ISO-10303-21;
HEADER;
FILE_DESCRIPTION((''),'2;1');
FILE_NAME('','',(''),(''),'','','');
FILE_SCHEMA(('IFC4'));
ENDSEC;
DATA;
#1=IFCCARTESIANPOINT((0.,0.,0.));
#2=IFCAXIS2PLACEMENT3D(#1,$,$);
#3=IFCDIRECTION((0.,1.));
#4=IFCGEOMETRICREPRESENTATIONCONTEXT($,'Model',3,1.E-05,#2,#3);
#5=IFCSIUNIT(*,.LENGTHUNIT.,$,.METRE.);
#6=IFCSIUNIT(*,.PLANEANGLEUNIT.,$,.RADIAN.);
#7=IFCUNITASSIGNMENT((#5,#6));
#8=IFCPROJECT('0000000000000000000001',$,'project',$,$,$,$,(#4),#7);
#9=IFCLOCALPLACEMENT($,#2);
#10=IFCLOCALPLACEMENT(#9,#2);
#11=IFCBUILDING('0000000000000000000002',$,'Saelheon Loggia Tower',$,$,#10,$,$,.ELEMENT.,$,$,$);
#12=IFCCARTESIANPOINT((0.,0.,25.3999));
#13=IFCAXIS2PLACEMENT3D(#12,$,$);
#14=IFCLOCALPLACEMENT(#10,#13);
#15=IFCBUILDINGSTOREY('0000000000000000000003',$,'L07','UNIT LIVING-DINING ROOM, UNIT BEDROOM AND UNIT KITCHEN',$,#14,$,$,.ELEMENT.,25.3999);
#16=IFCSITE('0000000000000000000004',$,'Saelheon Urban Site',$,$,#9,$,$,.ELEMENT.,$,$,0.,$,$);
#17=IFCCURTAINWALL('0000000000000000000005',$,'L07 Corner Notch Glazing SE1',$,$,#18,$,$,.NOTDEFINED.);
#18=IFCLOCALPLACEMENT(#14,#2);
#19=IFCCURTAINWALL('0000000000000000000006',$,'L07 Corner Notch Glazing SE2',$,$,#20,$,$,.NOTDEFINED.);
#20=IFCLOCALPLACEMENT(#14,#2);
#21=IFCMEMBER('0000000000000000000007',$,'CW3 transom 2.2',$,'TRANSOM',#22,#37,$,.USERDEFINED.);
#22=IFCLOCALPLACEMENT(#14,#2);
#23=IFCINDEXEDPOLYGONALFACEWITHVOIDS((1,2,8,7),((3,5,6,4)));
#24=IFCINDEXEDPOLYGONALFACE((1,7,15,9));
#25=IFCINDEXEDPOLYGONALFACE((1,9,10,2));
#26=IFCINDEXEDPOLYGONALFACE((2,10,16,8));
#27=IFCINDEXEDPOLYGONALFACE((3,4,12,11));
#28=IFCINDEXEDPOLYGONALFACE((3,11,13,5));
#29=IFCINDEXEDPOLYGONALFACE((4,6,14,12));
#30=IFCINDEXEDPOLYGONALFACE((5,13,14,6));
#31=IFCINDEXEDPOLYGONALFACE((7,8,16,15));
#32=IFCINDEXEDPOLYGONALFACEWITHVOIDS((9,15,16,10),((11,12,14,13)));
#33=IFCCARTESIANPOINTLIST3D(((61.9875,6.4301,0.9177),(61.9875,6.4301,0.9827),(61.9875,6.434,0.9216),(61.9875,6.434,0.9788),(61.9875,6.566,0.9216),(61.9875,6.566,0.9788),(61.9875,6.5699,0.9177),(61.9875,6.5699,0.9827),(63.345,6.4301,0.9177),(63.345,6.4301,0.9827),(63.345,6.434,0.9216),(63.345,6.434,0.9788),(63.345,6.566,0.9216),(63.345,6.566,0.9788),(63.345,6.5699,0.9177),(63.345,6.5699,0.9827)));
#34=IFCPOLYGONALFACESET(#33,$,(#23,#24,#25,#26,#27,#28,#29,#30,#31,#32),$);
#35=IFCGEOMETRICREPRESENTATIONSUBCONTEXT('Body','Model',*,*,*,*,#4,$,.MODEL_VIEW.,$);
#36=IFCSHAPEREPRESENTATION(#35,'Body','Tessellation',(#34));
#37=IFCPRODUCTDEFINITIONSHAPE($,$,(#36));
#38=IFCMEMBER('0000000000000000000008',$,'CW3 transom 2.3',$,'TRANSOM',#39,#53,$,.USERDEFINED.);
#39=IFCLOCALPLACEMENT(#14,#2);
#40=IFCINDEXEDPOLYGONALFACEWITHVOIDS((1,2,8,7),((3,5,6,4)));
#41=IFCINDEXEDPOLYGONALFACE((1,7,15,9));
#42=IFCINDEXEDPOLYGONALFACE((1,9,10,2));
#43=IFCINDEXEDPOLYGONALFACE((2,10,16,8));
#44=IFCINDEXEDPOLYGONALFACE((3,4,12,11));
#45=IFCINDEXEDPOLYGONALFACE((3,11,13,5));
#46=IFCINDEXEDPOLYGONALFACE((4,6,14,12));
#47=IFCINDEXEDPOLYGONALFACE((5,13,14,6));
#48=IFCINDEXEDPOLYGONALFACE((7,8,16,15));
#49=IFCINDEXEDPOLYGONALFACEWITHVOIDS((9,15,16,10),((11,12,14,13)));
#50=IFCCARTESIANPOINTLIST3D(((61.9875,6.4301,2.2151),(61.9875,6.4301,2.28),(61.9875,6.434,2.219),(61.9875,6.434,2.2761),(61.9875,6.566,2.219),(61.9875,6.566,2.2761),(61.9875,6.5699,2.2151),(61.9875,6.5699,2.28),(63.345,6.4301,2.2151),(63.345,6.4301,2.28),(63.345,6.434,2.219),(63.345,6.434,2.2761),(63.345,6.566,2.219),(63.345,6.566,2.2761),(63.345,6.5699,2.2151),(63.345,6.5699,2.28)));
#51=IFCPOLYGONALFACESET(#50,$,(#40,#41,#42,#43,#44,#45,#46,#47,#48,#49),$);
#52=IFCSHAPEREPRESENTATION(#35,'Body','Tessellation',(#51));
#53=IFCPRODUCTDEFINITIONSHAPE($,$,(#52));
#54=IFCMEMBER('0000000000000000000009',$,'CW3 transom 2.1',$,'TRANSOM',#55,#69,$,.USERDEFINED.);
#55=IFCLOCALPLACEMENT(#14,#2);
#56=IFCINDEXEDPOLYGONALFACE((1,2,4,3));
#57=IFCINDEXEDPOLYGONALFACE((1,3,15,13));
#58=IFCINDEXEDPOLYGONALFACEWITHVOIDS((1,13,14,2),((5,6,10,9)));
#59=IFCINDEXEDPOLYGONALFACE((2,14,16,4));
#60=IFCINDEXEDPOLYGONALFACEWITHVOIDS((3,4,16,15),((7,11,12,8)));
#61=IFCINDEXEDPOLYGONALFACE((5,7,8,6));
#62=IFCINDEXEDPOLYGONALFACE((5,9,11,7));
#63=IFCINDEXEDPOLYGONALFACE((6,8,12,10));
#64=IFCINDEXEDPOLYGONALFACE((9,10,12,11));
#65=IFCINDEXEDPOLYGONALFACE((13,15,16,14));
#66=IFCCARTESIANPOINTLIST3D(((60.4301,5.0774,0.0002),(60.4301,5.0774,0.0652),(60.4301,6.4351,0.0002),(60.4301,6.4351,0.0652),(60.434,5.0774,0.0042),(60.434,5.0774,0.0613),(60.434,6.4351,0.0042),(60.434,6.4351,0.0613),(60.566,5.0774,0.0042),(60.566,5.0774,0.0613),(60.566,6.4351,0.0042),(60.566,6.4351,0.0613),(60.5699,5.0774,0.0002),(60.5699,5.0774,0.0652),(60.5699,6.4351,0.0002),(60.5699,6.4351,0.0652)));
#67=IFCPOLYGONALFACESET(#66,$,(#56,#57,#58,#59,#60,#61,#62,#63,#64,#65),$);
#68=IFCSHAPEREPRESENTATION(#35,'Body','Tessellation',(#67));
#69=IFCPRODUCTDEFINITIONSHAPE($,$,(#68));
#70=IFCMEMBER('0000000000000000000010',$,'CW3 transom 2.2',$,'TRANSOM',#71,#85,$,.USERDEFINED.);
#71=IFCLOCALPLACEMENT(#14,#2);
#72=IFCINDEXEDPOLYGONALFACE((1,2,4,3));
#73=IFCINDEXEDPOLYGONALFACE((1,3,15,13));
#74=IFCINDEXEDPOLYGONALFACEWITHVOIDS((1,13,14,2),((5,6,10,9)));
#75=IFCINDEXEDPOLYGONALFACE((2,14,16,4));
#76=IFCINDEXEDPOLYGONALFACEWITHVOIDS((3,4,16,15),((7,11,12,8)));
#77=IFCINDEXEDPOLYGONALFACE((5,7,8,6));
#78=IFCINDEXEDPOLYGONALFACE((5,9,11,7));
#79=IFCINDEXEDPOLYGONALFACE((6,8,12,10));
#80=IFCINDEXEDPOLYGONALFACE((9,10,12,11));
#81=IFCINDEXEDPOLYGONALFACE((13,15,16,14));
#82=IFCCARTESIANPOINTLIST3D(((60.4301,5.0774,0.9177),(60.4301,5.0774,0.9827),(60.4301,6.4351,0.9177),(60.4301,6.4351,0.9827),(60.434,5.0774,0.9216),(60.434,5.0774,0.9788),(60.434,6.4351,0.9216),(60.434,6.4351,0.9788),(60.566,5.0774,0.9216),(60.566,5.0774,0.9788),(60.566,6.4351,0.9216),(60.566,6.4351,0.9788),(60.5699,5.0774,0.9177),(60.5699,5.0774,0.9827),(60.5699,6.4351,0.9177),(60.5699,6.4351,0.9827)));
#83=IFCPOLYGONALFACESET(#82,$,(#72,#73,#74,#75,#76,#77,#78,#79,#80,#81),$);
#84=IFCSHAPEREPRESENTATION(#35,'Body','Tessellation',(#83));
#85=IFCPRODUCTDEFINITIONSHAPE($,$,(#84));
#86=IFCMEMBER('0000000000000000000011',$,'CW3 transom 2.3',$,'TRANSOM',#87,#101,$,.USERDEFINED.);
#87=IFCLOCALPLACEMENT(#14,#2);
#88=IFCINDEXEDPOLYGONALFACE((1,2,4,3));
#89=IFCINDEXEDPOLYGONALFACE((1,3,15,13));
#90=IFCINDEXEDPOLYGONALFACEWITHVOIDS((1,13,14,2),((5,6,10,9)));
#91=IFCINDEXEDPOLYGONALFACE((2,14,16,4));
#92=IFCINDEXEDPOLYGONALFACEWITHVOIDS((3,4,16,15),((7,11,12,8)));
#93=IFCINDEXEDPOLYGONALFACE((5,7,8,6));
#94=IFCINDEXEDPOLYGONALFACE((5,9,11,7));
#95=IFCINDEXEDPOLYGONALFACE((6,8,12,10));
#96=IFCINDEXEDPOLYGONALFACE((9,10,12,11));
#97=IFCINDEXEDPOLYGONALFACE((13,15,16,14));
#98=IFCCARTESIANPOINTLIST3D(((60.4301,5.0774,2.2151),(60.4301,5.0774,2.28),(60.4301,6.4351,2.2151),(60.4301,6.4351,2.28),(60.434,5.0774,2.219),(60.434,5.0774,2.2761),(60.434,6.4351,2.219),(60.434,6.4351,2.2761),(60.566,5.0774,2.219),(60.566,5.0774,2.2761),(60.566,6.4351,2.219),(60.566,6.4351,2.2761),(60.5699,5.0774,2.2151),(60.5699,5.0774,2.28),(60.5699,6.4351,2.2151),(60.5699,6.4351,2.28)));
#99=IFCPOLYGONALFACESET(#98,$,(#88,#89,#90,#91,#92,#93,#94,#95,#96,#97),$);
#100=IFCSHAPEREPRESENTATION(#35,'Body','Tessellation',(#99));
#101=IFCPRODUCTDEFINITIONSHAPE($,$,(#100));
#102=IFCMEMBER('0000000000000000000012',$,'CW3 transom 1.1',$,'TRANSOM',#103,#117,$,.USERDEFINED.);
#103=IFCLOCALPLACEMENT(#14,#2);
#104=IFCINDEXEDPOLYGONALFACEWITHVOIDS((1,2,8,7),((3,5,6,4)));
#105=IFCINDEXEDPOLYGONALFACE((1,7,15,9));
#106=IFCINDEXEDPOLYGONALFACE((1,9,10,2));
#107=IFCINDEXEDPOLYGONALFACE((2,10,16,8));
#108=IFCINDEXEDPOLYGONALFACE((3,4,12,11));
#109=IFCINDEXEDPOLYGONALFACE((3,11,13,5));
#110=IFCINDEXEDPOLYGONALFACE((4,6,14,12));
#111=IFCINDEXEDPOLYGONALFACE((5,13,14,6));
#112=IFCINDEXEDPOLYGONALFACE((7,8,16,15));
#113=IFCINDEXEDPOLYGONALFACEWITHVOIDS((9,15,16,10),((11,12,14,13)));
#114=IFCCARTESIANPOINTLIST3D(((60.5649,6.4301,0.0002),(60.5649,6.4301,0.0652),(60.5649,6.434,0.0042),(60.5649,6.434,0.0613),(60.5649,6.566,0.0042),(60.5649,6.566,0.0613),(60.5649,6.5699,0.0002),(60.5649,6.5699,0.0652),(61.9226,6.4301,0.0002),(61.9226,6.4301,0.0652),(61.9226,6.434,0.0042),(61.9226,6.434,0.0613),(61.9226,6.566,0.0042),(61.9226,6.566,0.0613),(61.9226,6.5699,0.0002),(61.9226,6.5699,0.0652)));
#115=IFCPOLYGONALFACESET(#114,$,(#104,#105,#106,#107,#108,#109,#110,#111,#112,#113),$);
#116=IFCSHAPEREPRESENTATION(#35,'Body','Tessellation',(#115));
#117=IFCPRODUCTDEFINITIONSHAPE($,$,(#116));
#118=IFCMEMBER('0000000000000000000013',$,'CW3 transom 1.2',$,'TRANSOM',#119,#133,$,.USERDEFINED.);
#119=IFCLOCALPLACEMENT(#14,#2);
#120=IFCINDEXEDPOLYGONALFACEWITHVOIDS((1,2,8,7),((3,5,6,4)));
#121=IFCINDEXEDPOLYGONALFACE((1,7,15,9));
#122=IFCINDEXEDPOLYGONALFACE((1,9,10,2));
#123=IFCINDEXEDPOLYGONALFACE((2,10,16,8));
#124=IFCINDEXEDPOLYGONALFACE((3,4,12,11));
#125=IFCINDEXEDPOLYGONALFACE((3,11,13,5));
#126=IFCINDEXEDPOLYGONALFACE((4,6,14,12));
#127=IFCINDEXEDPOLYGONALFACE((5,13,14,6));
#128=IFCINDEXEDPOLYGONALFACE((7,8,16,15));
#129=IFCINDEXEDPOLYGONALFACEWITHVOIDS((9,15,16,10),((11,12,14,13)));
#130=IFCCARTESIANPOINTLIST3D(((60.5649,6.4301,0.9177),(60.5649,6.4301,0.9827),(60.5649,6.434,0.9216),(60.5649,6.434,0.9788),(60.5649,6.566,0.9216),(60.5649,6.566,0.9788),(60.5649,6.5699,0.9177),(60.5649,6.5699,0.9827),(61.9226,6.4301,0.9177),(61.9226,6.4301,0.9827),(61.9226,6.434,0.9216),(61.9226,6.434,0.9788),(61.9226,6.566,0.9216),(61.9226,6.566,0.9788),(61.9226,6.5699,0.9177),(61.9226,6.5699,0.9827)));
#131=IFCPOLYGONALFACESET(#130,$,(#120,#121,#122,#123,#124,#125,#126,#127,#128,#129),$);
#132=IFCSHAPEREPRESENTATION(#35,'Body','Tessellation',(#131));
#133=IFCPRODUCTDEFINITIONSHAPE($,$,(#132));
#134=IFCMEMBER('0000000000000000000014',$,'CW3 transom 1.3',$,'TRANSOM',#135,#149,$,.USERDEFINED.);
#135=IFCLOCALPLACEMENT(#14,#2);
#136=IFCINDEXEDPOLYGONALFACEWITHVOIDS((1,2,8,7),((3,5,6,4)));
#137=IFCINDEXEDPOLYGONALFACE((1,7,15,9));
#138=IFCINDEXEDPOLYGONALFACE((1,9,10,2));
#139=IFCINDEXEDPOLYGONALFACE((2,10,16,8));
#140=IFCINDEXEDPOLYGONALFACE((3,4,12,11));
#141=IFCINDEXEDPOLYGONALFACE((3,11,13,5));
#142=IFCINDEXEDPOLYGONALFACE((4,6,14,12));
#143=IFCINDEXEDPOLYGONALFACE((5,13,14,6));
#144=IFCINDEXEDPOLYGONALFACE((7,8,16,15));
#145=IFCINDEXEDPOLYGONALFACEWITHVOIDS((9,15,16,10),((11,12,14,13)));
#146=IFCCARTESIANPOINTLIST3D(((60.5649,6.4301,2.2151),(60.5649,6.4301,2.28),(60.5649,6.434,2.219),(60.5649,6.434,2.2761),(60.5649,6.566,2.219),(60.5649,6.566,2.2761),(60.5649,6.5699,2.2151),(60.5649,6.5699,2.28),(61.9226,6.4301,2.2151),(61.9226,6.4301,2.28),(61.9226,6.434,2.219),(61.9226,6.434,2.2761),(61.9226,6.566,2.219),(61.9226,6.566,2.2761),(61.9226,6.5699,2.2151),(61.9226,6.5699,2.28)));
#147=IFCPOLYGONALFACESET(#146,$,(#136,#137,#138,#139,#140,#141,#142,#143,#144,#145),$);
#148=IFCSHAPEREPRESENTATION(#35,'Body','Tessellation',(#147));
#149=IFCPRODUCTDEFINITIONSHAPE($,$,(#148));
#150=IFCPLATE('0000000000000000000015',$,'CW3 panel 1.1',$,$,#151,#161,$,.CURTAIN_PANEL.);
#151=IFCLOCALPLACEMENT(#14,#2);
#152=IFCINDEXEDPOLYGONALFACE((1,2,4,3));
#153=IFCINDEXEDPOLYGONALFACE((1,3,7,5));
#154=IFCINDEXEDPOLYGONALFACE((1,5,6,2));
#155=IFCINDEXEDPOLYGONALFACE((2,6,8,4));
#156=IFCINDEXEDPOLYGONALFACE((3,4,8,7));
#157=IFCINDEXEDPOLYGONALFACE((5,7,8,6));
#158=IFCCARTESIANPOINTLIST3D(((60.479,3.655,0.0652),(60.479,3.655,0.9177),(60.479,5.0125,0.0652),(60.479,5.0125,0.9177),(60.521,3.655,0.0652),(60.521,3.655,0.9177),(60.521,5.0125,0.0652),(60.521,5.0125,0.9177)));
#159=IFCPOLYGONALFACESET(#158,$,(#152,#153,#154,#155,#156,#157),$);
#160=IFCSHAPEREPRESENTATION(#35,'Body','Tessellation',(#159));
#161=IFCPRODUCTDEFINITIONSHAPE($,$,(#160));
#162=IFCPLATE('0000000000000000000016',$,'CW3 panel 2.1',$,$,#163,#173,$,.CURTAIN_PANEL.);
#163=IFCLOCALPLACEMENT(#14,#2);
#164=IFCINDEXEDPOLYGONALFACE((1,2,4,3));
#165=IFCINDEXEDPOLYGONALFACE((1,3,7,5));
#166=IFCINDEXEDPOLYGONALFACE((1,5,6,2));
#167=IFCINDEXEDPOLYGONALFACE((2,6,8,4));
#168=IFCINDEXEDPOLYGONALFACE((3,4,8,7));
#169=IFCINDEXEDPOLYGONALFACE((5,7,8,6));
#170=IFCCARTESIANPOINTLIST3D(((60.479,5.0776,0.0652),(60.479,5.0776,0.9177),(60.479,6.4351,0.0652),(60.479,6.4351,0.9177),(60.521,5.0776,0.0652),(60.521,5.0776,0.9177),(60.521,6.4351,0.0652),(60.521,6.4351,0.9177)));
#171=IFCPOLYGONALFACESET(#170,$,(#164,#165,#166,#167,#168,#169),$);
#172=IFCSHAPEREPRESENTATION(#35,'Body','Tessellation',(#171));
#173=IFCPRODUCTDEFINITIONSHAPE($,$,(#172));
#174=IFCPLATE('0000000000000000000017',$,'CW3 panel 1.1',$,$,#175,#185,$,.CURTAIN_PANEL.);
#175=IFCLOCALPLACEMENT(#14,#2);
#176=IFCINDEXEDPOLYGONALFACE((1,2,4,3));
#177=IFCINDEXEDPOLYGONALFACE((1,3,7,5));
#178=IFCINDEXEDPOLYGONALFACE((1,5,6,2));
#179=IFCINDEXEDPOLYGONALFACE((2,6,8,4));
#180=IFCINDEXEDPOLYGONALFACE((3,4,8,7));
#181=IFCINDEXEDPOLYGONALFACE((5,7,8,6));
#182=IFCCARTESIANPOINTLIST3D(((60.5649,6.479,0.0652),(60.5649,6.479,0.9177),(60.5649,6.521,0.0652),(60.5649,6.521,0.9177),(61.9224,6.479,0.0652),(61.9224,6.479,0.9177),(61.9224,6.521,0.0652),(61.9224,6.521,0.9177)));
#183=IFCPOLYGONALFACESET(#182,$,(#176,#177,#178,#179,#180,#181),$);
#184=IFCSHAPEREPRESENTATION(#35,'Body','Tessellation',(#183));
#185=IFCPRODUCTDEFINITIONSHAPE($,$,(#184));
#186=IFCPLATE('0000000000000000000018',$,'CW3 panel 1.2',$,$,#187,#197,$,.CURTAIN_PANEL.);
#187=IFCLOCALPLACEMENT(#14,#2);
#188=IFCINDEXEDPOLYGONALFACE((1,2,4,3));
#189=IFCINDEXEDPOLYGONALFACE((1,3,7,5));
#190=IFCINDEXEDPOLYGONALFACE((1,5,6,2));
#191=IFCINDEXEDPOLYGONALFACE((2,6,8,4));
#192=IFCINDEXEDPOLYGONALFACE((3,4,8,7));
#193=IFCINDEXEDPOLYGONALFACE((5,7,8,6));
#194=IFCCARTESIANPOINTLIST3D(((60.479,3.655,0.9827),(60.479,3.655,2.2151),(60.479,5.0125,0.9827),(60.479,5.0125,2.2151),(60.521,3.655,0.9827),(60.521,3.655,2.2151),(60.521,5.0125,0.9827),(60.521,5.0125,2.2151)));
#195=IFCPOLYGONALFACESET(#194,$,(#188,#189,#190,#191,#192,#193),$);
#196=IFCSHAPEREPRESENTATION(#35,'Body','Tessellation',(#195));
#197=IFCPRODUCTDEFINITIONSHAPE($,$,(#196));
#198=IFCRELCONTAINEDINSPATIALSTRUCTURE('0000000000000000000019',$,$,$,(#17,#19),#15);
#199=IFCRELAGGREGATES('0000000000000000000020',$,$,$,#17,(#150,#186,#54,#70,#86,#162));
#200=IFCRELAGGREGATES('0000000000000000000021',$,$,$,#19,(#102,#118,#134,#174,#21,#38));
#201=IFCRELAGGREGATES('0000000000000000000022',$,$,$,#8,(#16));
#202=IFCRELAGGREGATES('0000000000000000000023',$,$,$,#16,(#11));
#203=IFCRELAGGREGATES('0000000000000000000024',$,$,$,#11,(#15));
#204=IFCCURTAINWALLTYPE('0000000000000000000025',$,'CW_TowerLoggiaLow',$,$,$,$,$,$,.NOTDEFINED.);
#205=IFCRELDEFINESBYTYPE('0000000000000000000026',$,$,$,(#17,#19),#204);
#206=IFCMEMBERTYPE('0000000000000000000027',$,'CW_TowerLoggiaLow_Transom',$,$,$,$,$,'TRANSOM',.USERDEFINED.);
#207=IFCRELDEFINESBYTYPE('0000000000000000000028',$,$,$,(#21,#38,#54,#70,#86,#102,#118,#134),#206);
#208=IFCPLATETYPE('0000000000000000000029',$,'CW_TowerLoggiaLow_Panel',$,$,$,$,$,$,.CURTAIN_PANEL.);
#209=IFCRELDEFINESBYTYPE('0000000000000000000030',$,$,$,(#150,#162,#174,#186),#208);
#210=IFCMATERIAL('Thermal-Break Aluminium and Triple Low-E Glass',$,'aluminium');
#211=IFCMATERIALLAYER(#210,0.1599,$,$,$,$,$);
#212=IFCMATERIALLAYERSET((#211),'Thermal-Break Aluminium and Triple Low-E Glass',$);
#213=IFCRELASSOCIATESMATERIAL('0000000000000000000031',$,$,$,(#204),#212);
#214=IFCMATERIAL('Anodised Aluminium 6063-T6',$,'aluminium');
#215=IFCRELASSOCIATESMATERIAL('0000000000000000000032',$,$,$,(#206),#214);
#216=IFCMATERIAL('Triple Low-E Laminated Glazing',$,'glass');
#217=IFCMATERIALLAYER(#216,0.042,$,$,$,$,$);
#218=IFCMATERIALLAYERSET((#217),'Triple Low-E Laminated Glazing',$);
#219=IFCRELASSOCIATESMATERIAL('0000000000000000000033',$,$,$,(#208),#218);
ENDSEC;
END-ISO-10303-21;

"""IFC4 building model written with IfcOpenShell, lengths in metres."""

from ifc_helpers import new_model, si_unit, direction, frame, origin, origin_2d, place, context, subcontext, project, spatial, rectangle, hollow_rectangle, extrude, source, transform, mapped, material, layer, layer_set, material_profile, profile_set, type_object, element, aggregate, save


model = new_model("IFC4")

# Units and contexts
model_context = context("Model", 3, precision=1e-05, world=origin(), true_north=direction((0.0, 1.0)))
body_context = subcontext(model_context, "Body", "Model", "MODEL_VIEW")
ifc_project = project(units=[si_unit("LENGTHUNIT", "METRE"), si_unit("PLANEANGLEUNIT", "RADIAN")], contexts=[model_context])

# Site, building, storey
site_placement = place(None, origin())
site = spatial("IfcSite", under=ifc_project, at=site_placement, Name="Saelheon Urban Site", CompositionType="ELEMENT", RefElevation=0.0)
building_placement = place(site_placement, origin())
building = spatial("IfcBuilding", under=site, at=building_placement, Name="Saelheon Loggia Tower", CompositionType="ELEMENT")
storey_placement = place(building_placement, frame((0.0, 0.0, 25.3999)))
storey = spatial("IfcBuildingStorey", under=building, at=storey_placement, Name="L07", Description="UNIT LIVING-DINING ROOM, UNIT BEDROOM AND UNIT KITCHEN", CompositionType="ELEMENT", Elevation=25.3999)

# Curtain walls
ifc_material_1 = material(Name="Thermal-Break Aluminium and Triple Low-E Glass", Category="aluminium")
ifc_layer_1 = layer(ifc_material_1, 0.1599)
ifc_layer_set_1 = layer_set([ifc_layer_1], Name="Thermal-Break Aluminium and Triple Low-E Glass")
curtain_wall_type = type_object("IfcCurtainWallType", Name="CW_TowerLoggiaLow", PredefinedType="NOTDEFINED", material=ifc_layer_set_1)
curtain_wall_1_placement = place(storey_placement, origin())
curtain_wall_1 = element("IfcCurtainWall", 1, at=curtain_wall_1_placement, inside=storey, type_object=curtain_wall_type, Name="L07 Corner Notch Glazing SE1", PredefinedType="NOTDEFINED")
ifc_material_2 = material(Name="Anodised Aluminium 6063-T6", Category="aluminium")
curtain_wall_2_placement = place(storey_placement, origin())
curtain_wall_2 = element("IfcCurtainWall", 2, at=curtain_wall_2_placement, inside=storey, type_object=curtain_wall_type, Name="L07 Corner Notch Glazing SE2", PredefinedType="NOTDEFINED")

# Members
ifc_material_profile_1 = material_profile(ifc_material_2, hollow_rectangle(XDim=0.0649, YDim=0.1399, WallThickness=0.0039, at=origin_2d()), Name="RHS-140x65x4")
ifc_profile_set_1 = profile_set([ifc_material_profile_1], Name="Anodised Aluminium 6063-T6")
member_type_1 = type_object("IfcMemberType", Name="CW_TowerLoggiaLow_Transom", ElementType="TRANSOM", PredefinedType="USERDEFINED", material=ifc_profile_set_1)
shared_shape_1 = source(origin(), body_context, "Body", "SweptSolid", [
    extrude(hollow_rectangle(XDim=0.0649, YDim=0.1399, WallThickness=0.0039, at=origin_2d()), origin(), (0.0, 0.0, 1.0), 1.3574),
])
member_1_placement = place(storey_placement, frame((61.9875, 6.5, 0.9502), z_axis=(1.0, 0.0, 0.0), x_axis=(0.0, 0.0, 1.0)))
member_1 = element("IfcMember", 3, at=member_1_placement, type_object=member_type_1, Name="CW3 transom 2.2", ObjectType="TRANSOM", PredefinedType="USERDEFINED", context=body_context, shape_type="MappedRepresentation", body=[
    mapped(shared_shape_1, transform((0.0, 0.0, 0.0), scale=1.0)),
])
member_2_placement = place(storey_placement, frame((61.9875, 6.5, 2.2476), z_axis=(1.0, 0.0, 0.0), x_axis=(0.0, 0.0, 1.0)))
member_2 = element("IfcMember", 4, at=member_2_placement, type_object=member_type_1, Name="CW3 transom 2.3", ObjectType="TRANSOM", PredefinedType="USERDEFINED", context=body_context, shape_type="MappedRepresentation", body=[
    mapped(shared_shape_1, transform((0.0, 0.0, 0.0), scale=1.0)),
])
shared_shape_2 = source(origin(), body_context, "Body", "SweptSolid", [
    extrude(hollow_rectangle(XDim=0.0649, YDim=0.1399, WallThickness=0.0039, at=origin_2d()), origin(), (0.0, 0.0, 1.0), 1.3577),
])
member_3_placement = place(storey_placement, frame((60.5, 5.0774, 0.0327), z_axis=(0.0, 1.0, 0.0), x_axis=(0.0, 0.0, 1.0)))
member_3 = element("IfcMember", 5, at=member_3_placement, type_object=member_type_1, Name="CW3 transom 2.1", ObjectType="TRANSOM", PredefinedType="USERDEFINED", context=body_context, shape_type="MappedRepresentation", body=[
    mapped(shared_shape_2, transform((0.0, 0.0, 0.0), scale=1.0)),
])
member_4_placement = place(storey_placement, frame((60.5, 5.0774, 0.9502), z_axis=(0.0, 1.0, 0.0), x_axis=(0.0, 0.0, 1.0)))
member_4 = element("IfcMember", 6, at=member_4_placement, type_object=member_type_1, Name="CW3 transom 2.2", ObjectType="TRANSOM", PredefinedType="USERDEFINED", context=body_context, shape_type="MappedRepresentation", body=[
    mapped(shared_shape_2, transform((0.0, 0.0, 0.0), scale=1.0)),
])
member_5_placement = place(storey_placement, frame((60.5, 5.0774, 2.2476), z_axis=(0.0, 1.0, 0.0), x_axis=(0.0, 0.0, 1.0)))
member_5 = element("IfcMember", 7, at=member_5_placement, type_object=member_type_1, Name="CW3 transom 2.3", ObjectType="TRANSOM", PredefinedType="USERDEFINED", context=body_context, shape_type="MappedRepresentation", body=[
    mapped(shared_shape_2, transform((0.0, 0.0, 0.0), scale=1.0)),
])
member_6_placement = place(storey_placement, frame((60.5649, 6.5, 0.0327), z_axis=(1.0, 0.0, 0.0), x_axis=(0.0, 0.0, 1.0)))
member_6 = element("IfcMember", 8, at=member_6_placement, type_object=member_type_1, Name="CW3 transom 1.1", ObjectType="TRANSOM", PredefinedType="USERDEFINED", context=body_context, shape_type="MappedRepresentation", body=[
    mapped(shared_shape_2, transform((0.0, 0.0, 0.0), scale=1.0)),
])
member_7_placement = place(storey_placement, frame((60.5649, 6.5, 0.9502), z_axis=(1.0, 0.0, 0.0), x_axis=(0.0, 0.0, 1.0)))
member_7 = element("IfcMember", 9, at=member_7_placement, type_object=member_type_1, Name="CW3 transom 1.2", ObjectType="TRANSOM", PredefinedType="USERDEFINED", context=body_context, shape_type="MappedRepresentation", body=[
    mapped(shared_shape_2, transform((0.0, 0.0, 0.0), scale=1.0)),
])
member_8_placement = place(storey_placement, frame((60.5649, 6.5, 2.2476), z_axis=(1.0, 0.0, 0.0), x_axis=(0.0, 0.0, 1.0)))
member_8 = element("IfcMember", 10, at=member_8_placement, type_object=member_type_1, Name="CW3 transom 1.3", ObjectType="TRANSOM", PredefinedType="USERDEFINED", context=body_context, shape_type="MappedRepresentation", body=[
    mapped(shared_shape_2, transform((0.0, 0.0, 0.0), scale=1.0)),
])

# Plates
ifc_material_3 = material(Name="Triple Low-E Laminated Glazing", Category="glass")
ifc_layer_2 = layer(ifc_material_3, 0.042)
ifc_layer_set_2 = layer_set([ifc_layer_2], Name="Triple Low-E Laminated Glazing")
plate_type = type_object("IfcPlateType", Name="CW_TowerLoggiaLow_Panel", PredefinedType="CURTAIN_PANEL", material=ifc_layer_set_2)
shared_shape_3 = source(origin(), body_context, "Body", "SweptSolid", [
    extrude(rectangle(XDim=1.3574, YDim=0.042, at=origin_2d()), origin(), (0.0, 0.0, 1.0), 0.8525),
])
plate_1_placement = place(storey_placement, frame((60.5, 4.3337, 0.0652), z_axis=(0.0, 0.0, 1.0), x_axis=(0.0, 1.0, 0.0)))
plate_1 = element("IfcPlate", 11, at=plate_1_placement, type_object=plate_type, Name="CW3 panel 1.1", PredefinedType="CURTAIN_PANEL", context=body_context, shape_type="MappedRepresentation", body=[
    mapped(shared_shape_3, transform((0.0, 0.0, 0.0), scale=1.0)),
])
plate_2_placement = place(storey_placement, frame((60.5, 5.7563, 0.0652), z_axis=(0.0, 0.0, 1.0), x_axis=(0.0, 1.0, 0.0)))
plate_2 = element("IfcPlate", 12, at=plate_2_placement, type_object=plate_type, Name="CW3 panel 2.1", PredefinedType="CURTAIN_PANEL", context=body_context, shape_type="MappedRepresentation", body=[
    mapped(shared_shape_3, transform((0.0, 0.0, 0.0), scale=1.0)),
])
plate_3_placement = place(storey_placement, frame((61.2437, 6.5, 0.0652), z_axis=(0.0, 0.0, 1.0), x_axis=(1.0, 0.0, 0.0)))
plate_3 = element("IfcPlate", 13, at=plate_3_placement, type_object=plate_type, Name="CW3 panel 1.1", PredefinedType="CURTAIN_PANEL", context=body_context, shape_type="MappedRepresentation", body=[
    mapped(shared_shape_3, transform((0.0, 0.0, 0.0), scale=1.0)),
])
shared_shape_4 = source(origin(), body_context, "Body", "SweptSolid", [
    extrude(rectangle(XDim=1.3574, YDim=0.042, at=origin_2d()), origin(), (0.0, 0.0, 1.0), 1.2324),
])
plate_4_placement = place(storey_placement, frame((60.5, 4.3337, 0.9827), z_axis=(0.0, 0.0, 1.0), x_axis=(0.0, 1.0, 0.0)))
plate_4 = element("IfcPlate", 14, at=plate_4_placement, type_object=plate_type, Name="CW3 panel 1.2", PredefinedType="CURTAIN_PANEL", context=body_context, shape_type="MappedRepresentation", body=[
    mapped(shared_shape_4, transform((0.0, 0.0, 0.0), scale=1.0)),
])
aggregate(curtain_wall_1, [plate_1, plate_4, member_3, member_4, member_5, plate_2])
aggregate(curtain_wall_2, [member_6, member_7, member_8, plate_3, member_1, member_2])

save(model, "model.ifc")
